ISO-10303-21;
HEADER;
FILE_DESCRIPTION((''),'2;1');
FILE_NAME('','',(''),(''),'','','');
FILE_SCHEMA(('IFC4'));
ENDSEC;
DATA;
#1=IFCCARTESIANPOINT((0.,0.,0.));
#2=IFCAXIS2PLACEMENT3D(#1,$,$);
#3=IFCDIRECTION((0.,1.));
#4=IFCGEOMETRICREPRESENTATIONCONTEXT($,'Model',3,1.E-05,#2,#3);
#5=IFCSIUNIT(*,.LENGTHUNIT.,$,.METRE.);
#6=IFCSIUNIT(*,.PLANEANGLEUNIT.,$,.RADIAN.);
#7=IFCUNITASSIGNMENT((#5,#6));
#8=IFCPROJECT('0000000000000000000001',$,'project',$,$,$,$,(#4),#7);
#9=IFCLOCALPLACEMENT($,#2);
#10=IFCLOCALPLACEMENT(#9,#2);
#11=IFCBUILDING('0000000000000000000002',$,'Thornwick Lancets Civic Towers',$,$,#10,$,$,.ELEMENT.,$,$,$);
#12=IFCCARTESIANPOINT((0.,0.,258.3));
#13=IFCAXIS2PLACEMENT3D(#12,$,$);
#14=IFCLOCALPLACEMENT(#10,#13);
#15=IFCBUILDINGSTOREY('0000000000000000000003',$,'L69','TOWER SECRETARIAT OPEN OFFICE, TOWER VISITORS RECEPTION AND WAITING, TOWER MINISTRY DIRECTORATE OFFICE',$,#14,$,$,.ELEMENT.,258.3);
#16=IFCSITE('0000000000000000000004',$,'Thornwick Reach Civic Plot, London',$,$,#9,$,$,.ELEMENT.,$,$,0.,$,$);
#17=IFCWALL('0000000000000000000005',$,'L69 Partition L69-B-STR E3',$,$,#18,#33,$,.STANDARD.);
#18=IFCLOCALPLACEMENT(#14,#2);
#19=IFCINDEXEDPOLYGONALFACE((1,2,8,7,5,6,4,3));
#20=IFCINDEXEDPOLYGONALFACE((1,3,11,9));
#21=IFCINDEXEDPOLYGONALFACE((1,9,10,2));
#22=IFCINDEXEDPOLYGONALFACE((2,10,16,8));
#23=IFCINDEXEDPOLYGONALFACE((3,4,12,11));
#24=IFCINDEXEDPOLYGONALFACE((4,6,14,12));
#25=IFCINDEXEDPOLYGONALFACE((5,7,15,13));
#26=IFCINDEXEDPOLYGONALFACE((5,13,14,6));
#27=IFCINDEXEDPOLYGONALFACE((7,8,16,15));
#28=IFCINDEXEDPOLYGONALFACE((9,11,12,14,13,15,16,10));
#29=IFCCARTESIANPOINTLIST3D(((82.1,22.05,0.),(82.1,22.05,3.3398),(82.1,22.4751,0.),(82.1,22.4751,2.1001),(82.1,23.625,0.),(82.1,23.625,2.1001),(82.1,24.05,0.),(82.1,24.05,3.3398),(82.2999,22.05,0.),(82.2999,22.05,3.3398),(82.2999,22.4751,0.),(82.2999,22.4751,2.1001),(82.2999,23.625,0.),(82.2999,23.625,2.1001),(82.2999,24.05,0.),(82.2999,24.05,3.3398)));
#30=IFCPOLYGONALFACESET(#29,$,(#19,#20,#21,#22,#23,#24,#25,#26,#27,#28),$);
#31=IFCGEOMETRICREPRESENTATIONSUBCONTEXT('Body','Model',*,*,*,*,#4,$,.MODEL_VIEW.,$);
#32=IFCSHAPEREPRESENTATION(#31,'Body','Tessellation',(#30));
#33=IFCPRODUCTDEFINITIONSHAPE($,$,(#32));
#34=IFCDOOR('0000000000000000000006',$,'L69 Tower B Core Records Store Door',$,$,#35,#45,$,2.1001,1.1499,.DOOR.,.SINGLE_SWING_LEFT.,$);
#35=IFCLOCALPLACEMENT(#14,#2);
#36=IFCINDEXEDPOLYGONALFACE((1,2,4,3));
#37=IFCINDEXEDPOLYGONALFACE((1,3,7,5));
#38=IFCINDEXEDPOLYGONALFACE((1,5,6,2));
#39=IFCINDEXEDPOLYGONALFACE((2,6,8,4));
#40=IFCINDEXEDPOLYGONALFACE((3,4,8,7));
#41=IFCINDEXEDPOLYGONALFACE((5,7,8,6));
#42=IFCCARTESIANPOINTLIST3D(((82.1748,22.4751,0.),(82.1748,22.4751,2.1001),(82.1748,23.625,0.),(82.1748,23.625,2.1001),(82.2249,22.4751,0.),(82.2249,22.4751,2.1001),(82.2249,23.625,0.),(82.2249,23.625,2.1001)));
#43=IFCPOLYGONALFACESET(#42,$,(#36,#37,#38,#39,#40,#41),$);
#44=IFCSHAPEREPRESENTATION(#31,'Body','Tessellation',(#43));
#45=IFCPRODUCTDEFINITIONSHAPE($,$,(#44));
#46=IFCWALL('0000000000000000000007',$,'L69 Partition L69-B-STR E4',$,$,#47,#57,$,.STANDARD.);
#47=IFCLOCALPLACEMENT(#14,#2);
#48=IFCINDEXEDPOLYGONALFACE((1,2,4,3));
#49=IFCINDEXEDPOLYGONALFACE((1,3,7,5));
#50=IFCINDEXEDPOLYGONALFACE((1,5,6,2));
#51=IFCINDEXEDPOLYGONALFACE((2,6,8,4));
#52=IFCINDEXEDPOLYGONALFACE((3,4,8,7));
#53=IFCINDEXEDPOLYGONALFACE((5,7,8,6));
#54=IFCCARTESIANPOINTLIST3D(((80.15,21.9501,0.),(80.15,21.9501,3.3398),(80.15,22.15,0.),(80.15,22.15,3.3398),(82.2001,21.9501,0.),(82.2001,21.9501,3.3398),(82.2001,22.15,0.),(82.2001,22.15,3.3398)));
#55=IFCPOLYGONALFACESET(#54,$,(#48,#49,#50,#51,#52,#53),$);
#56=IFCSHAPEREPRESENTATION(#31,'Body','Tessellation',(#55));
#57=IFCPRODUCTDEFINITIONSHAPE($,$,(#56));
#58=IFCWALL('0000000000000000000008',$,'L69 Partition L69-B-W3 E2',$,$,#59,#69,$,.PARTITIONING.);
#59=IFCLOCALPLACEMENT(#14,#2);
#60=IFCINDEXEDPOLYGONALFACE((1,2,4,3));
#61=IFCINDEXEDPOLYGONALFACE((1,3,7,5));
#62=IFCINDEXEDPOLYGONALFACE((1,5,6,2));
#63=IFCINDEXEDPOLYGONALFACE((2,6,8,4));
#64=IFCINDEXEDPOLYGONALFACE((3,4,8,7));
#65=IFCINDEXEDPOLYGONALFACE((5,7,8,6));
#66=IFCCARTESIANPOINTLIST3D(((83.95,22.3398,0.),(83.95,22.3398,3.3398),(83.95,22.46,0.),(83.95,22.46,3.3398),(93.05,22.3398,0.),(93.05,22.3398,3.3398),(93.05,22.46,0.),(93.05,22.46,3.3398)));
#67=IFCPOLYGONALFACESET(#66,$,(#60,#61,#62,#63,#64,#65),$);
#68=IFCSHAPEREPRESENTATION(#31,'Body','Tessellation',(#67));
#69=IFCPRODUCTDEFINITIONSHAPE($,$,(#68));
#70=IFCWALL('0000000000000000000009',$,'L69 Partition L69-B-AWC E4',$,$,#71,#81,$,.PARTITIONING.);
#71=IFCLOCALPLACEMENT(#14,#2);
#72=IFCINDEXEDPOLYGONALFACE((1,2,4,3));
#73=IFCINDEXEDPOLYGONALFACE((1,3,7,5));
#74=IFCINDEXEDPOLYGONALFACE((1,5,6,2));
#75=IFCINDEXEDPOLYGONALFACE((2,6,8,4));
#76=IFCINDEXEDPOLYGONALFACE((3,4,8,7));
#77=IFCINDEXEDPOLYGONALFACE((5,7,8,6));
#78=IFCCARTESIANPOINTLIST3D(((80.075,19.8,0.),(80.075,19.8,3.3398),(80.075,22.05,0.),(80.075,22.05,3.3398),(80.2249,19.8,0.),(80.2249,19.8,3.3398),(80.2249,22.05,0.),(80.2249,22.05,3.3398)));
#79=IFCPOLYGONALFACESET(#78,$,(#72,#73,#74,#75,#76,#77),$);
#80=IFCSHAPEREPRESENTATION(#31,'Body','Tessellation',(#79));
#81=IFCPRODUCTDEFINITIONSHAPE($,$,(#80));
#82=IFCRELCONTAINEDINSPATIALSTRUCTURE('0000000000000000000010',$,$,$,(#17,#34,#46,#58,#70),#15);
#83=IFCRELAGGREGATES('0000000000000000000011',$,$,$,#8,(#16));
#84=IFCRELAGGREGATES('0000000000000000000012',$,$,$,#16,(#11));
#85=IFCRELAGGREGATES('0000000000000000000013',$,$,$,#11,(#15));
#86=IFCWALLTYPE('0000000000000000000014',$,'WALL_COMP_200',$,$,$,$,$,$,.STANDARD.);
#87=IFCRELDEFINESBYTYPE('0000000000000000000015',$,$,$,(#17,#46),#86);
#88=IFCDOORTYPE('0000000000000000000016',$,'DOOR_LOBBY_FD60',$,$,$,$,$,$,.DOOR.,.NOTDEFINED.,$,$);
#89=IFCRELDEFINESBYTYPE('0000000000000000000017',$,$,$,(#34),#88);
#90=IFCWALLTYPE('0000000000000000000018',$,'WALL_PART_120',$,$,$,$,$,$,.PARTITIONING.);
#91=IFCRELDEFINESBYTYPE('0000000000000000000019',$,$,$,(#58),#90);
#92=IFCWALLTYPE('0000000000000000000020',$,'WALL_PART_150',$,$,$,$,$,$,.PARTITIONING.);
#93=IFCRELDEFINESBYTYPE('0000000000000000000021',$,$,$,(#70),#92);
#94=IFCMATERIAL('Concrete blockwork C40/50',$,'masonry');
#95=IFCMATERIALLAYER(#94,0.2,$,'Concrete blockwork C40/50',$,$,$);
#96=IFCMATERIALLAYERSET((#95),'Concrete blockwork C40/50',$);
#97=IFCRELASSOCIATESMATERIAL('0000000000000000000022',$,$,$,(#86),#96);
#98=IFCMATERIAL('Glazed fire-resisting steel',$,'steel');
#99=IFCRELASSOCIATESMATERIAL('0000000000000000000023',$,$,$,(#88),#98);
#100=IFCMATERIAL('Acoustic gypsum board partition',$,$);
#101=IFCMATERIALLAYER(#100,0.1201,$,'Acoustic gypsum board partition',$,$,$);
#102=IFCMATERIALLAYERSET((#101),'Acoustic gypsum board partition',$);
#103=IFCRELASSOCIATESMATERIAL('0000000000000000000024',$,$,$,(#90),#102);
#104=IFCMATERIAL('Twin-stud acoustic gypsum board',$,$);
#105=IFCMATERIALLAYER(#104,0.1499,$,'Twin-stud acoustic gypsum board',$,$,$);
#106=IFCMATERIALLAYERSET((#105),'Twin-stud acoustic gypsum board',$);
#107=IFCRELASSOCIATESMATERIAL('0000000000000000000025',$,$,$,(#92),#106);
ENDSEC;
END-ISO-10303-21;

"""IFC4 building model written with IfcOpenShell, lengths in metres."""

from ifc_helpers import new_model, si_unit, direction, frame, frame_2d, origin, place, context, subcontext, project, spatial, rectangle, extrude, material, layer, layer_set, type_object, element, fill, save


model = new_model("IFC4")

# Units and contexts
model_context = context("Model", 3, precision=1e-05, world=origin(), true_north=direction((0.0, 1.0)))
body_context = subcontext(model_context, "Body", "Model", "MODEL_VIEW")
ifc_project = project(units=[si_unit("LENGTHUNIT", "METRE"), si_unit("PLANEANGLEUNIT", "RADIAN")], contexts=[model_context])

# Site, building, storey
site_placement = place(None, origin())
site = spatial("IfcSite", under=ifc_project, at=site_placement, Name="Thornwick Reach Civic Plot, London", CompositionType="ELEMENT", RefElevation=0.0)
building_placement = place(site_placement, origin())
building = spatial("IfcBuilding", under=site, at=building_placement, Name="Thornwick Lancets Civic Towers", CompositionType="ELEMENT")
storey_placement = place(building_placement, frame((0.0, 0.0, 258.3)))
storey = spatial("IfcBuildingStorey", under=building, at=storey_placement, Name="L69", Description="TOWER SECRETARIAT OPEN OFFICE, TOWER VISITORS RECEPTION AND WAITING, TOWER MINISTRY DIRECTORATE OFFICE", CompositionType="ELEMENT", Elevation=258.3)

# Shared definitions
ifc_material_1 = material(Name="Concrete blockwork C40/50", Category="masonry")
ifc_layer_1 = layer(ifc_material_1, 0.2, Name="Concrete blockwork C40/50")
ifc_layer_set_1 = layer_set([ifc_layer_1], Name="Concrete blockwork C40/50")
wall_type_1 = type_object("IfcWallType", Name="WALL_COMP_200", PredefinedType="STANDARD", material=ifc_layer_set_1)

# Wall, opening, door
wall_1_placement = place(storey_placement, frame((82.2, 24.05, 0.0), z_axis=(0.0, 0.0, 1.0), x_axis=(0.0, -1.0, 0.0)))
wall_1 = element("IfcWall", 1, at=wall_1_placement, inside=storey, type_object=wall_type_1, Name="L69 Partition L69-B-STR E3", PredefinedType="STANDARD", context=body_context, shape_type="SweptSolid", body=[
    extrude(rectangle(XDim=2.0, YDim=0.2, at=frame_2d((1.0, 0.0))), origin(), (0.0, 0.0, 1.0), 3.3398),
])
opening_1_placement = place(wall_1_placement, frame((0.425, 0.0, 0.0)))
opening_1 = element("IfcOpeningElement", 2, at=opening_1_placement, cuts=wall_1, PredefinedType="OPENING", context=body_context, shape_type="SweptSolid", body=[
    extrude(rectangle(XDim=1.1499, YDim=2.1001, at=frame_2d((0.575, 1.05))), frame((0.0, 0.1099, 0.0), z_axis=(0.0, -1.0, 0.0), x_axis=(1.0, 0.0, 0.0)), (0.0, 0.0, 1.0), 0.22),
])
ifc_material_2 = material(Name="Glazed fire-resisting steel", Category="steel")
door_type_1 = type_object("IfcDoorType", Name="DOOR_LOBBY_FD60", OperationType="NOTDEFINED", PredefinedType="DOOR", material=ifc_material_2)
door_1_placement = place(opening_1_placement, origin())
door_1 = element("IfcDoor", 3, at=door_1_placement, inside=storey, type_object=door_type_1, Name="L69 Tower B Core Records Store Door", OperationType="SINGLE_SWING_LEFT", OverallHeight=2.1001, OverallWidth=1.1499, PredefinedType="DOOR", context=body_context, shape_type="SweptSolid", body=[
    extrude(rectangle(XDim=1.1499, YDim=2.1001, at=frame_2d((0.575, 1.05))), frame((0.0, 0.0249, 0.0), z_axis=(0.0, -1.0, 0.0), x_axis=(1.0, 0.0, 0.0)), (0.0, 0.0, 1.0), 0.05),
])
fill(opening_1, door_1)

# Walls
wall_2_placement = place(storey_placement, frame((82.2, 22.05, 0.0), z_axis=(0.0, 0.0, 1.0), x_axis=(-1.0, 0.0, 0.0)))
element("IfcWall", 4, at=wall_2_placement, inside=storey, type_object=wall_type_1, Name="L69 Partition L69-B-STR E4", PredefinedType="STANDARD", context=body_context, shape_type="SweptSolid", body=[
    extrude(rectangle(XDim=2.05, YDim=0.2, at=frame_2d((1.0249, 0.0))), origin(), (0.0, 0.0, 1.0), 3.3398),
])
ifc_material_3 = material(Name="Acoustic gypsum board partition")
ifc_layer_2 = layer(ifc_material_3, 0.1201, Name="Acoustic gypsum board partition")
ifc_layer_set_2 = layer_set([ifc_layer_2], Name="Acoustic gypsum board partition")
wall_type_2 = type_object("IfcWallType", Name="WALL_PART_120", PredefinedType="PARTITIONING", material=ifc_layer_set_2)
wall_3_placement = place(storey_placement, frame((83.95, 22.3999, 0.0), z_axis=(0.0, 0.0, 1.0), x_axis=(1.0, 0.0, 0.0)))
element("IfcWall", 5, at=wall_3_placement, inside=storey, type_object=wall_type_2, Name="L69 Partition L69-B-W3 E2", PredefinedType="PARTITIONING", context=body_context, shape_type="SweptSolid", body=[
    extrude(rectangle(XDim=9.1001, YDim=0.1201, at=frame_2d((4.55, 0.0))), origin(), (0.0, 0.0, 1.0), 3.3398),
])
ifc_material_4 = material(Name="Twin-stud acoustic gypsum board")
ifc_layer_3 = layer(ifc_material_4, 0.1499, Name="Twin-stud acoustic gypsum board")
ifc_layer_set_3 = layer_set([ifc_layer_3], Name="Twin-stud acoustic gypsum board")
wall_type_3 = type_object("IfcWallType", Name="WALL_PART_150", PredefinedType="PARTITIONING", material=ifc_layer_set_3)
wall_4_placement = place(storey_placement, frame((80.1499, 22.05, 0.0), z_axis=(0.0, 0.0, 1.0), x_axis=(0.0, -1.0, 0.0)))
element("IfcWall", 6, at=wall_4_placement, inside=storey, type_object=wall_type_3, Name="L69 Partition L69-B-AWC E4", PredefinedType="PARTITIONING", context=body_context, shape_type="SweptSolid", body=[
    extrude(rectangle(XDim=2.25, YDim=0.1499, at=frame_2d((1.125, 0.0))), origin(), (0.0, 0.0, 1.0), 3.3398),
])

save(model, "model.ifc")
